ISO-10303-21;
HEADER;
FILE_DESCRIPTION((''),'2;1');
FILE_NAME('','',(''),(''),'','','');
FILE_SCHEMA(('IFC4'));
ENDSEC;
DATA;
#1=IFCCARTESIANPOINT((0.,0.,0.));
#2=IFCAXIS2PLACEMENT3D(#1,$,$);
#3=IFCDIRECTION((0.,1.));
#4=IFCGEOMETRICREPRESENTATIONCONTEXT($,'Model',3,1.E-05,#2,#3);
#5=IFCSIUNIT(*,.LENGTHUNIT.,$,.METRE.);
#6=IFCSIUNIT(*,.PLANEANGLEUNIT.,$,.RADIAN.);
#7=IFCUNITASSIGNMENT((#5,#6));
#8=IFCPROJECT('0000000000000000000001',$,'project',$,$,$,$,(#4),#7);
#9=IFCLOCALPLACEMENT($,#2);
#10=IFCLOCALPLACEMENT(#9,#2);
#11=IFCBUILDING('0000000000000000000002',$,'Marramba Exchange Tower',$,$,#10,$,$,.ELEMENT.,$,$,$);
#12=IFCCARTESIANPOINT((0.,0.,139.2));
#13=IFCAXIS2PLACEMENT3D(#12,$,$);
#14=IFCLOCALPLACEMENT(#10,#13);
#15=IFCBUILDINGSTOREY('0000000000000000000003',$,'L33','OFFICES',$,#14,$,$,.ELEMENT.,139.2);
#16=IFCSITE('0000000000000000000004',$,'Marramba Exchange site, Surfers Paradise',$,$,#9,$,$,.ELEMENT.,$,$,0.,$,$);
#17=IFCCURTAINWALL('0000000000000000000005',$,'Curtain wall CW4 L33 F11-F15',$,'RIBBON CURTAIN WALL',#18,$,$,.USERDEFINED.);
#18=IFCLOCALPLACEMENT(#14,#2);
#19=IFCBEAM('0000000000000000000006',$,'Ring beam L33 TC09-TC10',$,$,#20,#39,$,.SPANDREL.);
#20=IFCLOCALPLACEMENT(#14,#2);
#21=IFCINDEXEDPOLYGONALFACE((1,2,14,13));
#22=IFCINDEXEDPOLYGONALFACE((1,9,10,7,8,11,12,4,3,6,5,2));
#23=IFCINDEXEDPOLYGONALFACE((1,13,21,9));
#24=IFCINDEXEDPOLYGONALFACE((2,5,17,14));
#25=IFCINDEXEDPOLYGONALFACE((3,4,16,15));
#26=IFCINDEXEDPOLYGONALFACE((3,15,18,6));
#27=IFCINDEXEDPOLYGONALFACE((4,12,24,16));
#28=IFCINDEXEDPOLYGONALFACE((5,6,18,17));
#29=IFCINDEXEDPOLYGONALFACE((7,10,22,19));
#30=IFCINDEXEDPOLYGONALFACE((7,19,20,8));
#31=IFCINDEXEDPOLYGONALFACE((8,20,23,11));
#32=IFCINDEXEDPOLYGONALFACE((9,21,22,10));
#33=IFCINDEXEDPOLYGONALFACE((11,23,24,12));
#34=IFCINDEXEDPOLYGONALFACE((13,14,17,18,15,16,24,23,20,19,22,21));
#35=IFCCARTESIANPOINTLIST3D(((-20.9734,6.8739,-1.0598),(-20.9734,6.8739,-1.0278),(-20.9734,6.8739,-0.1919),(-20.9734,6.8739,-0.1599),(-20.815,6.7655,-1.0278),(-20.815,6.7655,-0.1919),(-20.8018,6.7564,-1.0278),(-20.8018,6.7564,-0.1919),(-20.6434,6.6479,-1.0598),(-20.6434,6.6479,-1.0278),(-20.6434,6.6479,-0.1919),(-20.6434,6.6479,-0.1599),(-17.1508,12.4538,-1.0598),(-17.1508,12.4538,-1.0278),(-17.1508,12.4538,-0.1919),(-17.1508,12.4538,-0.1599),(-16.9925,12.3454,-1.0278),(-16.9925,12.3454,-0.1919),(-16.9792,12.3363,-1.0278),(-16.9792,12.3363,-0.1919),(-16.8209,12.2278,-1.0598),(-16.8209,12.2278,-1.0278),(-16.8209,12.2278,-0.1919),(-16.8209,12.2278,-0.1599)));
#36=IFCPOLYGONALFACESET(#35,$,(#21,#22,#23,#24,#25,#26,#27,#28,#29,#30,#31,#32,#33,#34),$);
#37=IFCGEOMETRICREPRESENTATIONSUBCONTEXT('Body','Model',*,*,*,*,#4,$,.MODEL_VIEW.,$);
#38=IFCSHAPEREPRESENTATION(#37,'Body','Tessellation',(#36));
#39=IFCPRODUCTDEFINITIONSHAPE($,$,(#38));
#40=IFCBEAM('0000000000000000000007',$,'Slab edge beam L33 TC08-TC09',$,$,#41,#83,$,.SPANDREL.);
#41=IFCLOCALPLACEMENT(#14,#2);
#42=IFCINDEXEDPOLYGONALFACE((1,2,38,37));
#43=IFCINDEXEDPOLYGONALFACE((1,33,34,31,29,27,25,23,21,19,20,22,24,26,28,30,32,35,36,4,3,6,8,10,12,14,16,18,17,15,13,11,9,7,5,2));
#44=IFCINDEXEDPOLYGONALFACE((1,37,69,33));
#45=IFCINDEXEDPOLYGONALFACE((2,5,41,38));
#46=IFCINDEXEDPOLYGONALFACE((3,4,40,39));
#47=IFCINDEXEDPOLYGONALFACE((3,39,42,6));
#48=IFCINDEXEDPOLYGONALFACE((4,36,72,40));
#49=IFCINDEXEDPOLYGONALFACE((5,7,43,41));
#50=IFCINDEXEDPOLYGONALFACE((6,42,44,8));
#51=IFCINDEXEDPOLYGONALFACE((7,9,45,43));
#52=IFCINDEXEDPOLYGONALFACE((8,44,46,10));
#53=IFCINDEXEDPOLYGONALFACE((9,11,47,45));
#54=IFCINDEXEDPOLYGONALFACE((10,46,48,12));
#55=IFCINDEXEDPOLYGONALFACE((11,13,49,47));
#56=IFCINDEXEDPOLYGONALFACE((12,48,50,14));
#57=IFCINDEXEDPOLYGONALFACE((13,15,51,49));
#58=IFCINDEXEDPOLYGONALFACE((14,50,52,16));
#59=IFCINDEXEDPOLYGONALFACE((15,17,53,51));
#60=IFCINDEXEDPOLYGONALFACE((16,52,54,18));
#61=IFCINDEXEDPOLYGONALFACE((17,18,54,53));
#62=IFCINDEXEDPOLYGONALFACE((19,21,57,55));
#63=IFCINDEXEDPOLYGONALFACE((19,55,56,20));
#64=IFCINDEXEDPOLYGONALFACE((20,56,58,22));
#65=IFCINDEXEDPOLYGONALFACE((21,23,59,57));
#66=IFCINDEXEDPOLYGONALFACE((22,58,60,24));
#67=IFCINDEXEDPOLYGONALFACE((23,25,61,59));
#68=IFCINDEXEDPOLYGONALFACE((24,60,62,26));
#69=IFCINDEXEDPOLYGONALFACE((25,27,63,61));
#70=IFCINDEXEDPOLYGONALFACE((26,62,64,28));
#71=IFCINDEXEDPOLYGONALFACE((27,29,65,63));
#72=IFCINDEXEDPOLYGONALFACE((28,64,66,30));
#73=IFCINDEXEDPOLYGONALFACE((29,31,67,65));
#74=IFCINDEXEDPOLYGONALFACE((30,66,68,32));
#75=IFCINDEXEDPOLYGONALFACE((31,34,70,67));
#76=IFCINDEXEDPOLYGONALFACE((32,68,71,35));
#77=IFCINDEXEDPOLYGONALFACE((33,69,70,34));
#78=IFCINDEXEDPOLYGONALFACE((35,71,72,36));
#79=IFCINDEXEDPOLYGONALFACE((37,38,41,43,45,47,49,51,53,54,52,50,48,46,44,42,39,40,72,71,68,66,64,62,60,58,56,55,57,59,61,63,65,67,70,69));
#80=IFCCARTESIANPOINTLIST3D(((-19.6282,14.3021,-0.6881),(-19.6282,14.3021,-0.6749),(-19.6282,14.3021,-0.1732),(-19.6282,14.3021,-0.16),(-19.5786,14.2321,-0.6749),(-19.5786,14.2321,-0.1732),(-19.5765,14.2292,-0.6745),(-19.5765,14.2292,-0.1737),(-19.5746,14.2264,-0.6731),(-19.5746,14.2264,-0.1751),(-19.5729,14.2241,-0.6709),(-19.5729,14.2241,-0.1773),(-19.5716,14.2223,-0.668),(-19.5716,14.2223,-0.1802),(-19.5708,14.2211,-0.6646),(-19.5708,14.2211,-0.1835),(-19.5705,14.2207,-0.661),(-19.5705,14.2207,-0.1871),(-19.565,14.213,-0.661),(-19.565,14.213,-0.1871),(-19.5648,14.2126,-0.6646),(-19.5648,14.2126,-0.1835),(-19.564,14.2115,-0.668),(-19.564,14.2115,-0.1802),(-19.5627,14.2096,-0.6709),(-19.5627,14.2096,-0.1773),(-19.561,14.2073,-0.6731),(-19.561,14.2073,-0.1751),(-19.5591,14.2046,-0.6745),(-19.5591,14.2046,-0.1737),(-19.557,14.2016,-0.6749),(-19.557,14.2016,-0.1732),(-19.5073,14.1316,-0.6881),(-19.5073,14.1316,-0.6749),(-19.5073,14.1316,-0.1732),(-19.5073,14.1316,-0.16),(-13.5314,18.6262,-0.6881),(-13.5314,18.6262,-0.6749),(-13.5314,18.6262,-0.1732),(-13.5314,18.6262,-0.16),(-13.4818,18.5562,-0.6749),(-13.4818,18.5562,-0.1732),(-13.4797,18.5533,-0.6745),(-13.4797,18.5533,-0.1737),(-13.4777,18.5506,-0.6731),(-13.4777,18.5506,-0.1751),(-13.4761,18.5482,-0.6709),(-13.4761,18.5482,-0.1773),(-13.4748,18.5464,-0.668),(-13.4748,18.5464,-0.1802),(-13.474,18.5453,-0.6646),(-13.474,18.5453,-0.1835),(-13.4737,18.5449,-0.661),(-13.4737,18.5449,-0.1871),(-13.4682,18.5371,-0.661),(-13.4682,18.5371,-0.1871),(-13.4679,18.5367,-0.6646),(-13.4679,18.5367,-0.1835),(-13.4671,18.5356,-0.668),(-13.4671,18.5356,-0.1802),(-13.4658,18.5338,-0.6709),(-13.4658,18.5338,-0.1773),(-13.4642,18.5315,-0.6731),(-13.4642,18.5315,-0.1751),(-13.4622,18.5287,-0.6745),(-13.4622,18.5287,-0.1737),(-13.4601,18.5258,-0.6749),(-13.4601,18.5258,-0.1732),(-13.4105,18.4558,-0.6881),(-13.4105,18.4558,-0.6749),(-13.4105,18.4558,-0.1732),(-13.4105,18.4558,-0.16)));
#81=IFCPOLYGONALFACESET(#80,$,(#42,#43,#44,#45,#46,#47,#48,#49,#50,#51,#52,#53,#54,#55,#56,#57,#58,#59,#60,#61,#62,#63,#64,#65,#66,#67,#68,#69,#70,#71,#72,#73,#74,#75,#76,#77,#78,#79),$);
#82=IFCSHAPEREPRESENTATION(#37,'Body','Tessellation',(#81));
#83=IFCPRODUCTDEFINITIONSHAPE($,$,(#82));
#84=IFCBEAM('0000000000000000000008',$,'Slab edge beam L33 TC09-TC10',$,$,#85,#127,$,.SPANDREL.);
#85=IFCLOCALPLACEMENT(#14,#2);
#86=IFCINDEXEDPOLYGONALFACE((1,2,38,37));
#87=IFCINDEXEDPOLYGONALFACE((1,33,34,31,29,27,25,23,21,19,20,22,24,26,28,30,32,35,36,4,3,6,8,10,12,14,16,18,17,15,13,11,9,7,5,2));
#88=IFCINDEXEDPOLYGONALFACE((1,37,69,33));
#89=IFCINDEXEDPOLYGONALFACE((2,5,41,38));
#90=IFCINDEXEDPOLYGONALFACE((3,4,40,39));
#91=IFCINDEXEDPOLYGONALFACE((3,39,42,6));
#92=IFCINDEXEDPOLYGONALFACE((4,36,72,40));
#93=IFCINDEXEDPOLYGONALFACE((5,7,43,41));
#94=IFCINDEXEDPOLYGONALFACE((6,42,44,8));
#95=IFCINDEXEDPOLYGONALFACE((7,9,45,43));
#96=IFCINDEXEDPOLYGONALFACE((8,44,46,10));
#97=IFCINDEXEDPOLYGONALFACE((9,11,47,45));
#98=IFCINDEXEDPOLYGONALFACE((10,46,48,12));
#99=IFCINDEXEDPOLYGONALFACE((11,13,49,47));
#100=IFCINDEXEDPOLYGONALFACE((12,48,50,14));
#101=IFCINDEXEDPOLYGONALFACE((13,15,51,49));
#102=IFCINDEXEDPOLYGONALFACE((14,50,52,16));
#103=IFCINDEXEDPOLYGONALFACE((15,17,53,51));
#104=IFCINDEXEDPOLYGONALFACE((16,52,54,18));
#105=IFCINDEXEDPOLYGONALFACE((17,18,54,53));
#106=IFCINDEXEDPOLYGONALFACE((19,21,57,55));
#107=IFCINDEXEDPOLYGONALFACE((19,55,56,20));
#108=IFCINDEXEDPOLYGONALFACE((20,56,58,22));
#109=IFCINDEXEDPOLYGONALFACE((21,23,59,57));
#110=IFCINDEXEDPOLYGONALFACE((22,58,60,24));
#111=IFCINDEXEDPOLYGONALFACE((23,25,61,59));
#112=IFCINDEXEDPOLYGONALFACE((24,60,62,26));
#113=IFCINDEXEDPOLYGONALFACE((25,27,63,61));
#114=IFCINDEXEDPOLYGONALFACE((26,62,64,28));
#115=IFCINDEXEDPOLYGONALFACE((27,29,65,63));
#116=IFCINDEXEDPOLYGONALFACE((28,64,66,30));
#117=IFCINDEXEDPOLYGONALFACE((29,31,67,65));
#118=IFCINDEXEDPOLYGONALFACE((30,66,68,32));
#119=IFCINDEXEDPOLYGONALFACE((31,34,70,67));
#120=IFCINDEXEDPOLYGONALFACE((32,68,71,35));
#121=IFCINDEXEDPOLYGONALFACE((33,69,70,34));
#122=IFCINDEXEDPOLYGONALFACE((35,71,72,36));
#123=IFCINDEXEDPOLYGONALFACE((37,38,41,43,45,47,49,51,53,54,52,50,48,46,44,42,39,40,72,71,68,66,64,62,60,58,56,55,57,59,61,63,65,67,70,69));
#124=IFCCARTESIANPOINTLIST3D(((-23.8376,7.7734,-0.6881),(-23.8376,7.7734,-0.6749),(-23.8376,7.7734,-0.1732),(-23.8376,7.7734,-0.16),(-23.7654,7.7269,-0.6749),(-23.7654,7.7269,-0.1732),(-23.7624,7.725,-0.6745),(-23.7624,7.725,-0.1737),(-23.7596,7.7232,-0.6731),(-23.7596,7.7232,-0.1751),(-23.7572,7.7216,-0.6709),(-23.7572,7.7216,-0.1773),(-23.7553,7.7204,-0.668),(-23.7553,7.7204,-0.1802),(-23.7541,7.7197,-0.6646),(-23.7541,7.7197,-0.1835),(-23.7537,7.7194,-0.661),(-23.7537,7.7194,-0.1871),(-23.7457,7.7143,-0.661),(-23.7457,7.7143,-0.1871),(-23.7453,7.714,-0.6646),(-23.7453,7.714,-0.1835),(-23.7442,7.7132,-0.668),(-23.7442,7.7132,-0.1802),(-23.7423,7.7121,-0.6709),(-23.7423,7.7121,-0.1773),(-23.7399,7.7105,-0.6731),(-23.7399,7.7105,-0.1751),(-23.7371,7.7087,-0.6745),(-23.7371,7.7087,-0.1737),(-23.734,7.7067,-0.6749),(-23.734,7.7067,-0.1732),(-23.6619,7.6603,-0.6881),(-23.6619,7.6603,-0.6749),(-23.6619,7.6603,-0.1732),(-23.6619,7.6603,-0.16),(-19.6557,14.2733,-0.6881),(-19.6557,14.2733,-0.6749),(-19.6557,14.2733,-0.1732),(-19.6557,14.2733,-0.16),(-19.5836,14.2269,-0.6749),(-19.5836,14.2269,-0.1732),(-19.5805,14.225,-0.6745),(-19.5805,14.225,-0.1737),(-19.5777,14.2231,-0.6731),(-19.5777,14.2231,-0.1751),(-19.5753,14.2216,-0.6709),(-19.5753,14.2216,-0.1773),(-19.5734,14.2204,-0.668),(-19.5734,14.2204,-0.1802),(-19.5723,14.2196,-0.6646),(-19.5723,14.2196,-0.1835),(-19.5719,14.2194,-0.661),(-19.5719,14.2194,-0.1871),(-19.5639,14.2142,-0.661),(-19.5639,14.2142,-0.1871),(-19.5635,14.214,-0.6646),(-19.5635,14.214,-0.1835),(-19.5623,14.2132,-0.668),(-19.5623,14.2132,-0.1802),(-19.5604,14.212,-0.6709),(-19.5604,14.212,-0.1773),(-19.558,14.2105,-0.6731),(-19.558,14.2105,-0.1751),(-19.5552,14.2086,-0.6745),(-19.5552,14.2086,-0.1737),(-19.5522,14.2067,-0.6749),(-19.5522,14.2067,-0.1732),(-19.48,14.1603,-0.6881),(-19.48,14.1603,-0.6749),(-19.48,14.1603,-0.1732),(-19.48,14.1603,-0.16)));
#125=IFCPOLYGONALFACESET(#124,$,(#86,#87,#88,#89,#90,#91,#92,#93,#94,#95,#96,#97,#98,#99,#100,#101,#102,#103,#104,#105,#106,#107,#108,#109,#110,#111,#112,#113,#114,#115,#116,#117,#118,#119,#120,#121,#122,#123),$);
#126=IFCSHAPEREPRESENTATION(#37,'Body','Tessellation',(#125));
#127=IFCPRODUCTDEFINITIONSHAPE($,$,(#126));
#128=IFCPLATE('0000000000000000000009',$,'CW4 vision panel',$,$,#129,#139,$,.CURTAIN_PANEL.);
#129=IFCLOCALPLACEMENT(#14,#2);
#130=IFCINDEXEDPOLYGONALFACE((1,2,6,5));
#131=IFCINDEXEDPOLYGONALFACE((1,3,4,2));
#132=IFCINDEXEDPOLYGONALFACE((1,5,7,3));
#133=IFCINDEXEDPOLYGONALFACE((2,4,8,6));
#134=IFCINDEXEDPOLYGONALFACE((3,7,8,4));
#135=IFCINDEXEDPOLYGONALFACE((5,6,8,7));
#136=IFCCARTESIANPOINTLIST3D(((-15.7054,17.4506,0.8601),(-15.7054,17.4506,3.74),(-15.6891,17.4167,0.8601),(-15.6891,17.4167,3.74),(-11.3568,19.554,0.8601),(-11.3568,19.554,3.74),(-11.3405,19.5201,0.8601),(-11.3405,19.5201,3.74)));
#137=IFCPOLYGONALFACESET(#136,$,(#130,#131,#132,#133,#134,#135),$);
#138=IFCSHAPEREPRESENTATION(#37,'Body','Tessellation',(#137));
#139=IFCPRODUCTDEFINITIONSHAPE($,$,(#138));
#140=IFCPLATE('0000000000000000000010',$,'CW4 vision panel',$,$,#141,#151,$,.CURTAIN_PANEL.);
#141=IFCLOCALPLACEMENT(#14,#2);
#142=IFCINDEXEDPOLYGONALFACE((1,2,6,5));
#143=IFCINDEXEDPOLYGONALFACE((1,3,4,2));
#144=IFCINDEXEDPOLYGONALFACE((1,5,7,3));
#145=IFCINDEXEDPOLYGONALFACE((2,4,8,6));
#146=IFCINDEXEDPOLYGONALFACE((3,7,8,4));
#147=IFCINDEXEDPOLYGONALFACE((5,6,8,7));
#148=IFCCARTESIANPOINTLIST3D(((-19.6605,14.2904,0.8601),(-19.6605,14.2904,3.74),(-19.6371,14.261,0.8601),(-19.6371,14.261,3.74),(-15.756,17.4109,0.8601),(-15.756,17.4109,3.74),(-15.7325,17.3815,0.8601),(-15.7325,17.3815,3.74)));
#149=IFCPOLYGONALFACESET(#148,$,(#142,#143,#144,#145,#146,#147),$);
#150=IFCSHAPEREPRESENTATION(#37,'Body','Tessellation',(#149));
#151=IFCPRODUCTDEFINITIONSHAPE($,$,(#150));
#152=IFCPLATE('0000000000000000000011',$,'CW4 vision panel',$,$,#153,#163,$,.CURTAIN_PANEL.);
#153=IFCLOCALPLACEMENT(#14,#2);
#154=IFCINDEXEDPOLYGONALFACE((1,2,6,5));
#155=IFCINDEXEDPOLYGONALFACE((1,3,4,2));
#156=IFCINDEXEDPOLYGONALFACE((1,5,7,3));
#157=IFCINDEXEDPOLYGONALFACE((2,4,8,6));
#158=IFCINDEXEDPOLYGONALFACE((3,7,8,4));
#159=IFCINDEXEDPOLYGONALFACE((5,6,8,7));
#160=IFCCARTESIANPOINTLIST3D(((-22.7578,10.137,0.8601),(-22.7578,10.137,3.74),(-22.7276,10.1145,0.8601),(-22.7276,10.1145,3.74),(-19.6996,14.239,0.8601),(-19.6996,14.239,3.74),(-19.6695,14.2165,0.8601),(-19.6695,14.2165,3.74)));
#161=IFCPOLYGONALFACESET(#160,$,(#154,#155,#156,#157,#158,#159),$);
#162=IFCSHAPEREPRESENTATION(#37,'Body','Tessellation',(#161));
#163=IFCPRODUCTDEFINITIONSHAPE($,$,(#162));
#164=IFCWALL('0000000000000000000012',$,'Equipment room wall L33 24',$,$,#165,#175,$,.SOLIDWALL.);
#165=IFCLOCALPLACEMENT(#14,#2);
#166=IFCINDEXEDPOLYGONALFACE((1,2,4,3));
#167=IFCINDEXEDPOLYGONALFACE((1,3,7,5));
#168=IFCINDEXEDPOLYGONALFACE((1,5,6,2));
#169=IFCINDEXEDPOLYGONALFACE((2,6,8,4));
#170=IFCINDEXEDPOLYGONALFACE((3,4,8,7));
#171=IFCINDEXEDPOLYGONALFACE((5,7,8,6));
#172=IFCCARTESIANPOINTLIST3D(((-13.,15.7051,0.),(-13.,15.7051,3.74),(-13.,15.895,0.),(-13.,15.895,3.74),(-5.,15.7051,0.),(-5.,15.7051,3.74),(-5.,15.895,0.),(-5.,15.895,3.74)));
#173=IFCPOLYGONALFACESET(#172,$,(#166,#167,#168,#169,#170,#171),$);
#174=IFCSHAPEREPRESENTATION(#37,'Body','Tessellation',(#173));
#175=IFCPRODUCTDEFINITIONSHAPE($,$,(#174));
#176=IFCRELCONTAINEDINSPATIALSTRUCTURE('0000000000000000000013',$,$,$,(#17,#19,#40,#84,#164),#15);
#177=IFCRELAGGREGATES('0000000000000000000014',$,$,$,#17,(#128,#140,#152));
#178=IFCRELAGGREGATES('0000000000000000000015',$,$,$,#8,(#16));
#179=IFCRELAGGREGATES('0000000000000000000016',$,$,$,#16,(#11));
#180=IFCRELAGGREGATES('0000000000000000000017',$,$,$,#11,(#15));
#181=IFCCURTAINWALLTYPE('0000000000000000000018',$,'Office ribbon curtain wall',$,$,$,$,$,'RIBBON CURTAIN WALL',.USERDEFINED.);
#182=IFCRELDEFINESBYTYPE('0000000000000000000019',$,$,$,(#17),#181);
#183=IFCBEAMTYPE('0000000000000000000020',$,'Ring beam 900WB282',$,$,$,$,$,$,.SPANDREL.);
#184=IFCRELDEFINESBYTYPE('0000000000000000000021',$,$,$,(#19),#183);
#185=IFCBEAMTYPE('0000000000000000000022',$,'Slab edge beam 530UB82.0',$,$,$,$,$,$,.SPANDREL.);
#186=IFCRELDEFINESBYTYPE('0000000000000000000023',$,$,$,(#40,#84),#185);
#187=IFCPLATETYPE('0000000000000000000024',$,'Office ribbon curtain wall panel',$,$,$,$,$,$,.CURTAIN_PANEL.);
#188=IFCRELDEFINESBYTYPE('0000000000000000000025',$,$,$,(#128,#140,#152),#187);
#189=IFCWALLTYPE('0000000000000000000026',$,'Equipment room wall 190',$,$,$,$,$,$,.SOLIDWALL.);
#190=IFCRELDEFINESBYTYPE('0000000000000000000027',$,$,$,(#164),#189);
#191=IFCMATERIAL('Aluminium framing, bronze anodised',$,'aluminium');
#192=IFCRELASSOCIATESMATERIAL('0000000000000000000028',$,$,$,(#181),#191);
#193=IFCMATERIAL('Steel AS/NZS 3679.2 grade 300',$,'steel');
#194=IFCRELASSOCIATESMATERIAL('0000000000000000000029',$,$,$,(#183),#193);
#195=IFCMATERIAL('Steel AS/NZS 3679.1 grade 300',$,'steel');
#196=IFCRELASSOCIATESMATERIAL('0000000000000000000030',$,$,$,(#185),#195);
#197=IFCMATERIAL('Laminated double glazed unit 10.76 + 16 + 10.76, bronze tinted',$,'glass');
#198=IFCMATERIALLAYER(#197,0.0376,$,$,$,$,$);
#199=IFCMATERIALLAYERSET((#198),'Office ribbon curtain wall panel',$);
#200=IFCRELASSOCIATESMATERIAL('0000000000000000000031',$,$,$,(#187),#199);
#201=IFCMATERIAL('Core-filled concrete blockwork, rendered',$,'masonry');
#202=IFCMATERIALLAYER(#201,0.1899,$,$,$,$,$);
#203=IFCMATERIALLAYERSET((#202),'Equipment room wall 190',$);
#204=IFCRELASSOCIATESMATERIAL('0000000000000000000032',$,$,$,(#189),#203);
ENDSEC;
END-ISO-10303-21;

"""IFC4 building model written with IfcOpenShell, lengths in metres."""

from ifc_helpers import new_model, si_unit, direction, frame, frame_2d, origin, origin_2d, place, context, subcontext, project, spatial, rectangle, i_section, extrude, material, layer, layer_set, material_profile, profile_set, type_object, element, aggregate, save


model = new_model("IFC4")

# Units and contexts
model_context = context("Model", 3, precision=1e-05, world=origin(), true_north=direction((0.0, 1.0)))
body_context = subcontext(model_context, "Body", "Model", "MODEL_VIEW")
ifc_project = project(units=[si_unit("LENGTHUNIT", "METRE"), si_unit("PLANEANGLEUNIT", "RADIAN")], contexts=[model_context])

# Site, building, storey
site_placement = place(None, origin())
site = spatial("IfcSite", under=ifc_project, at=site_placement, Name="Marramba Exchange site, Surfers Paradise", CompositionType="ELEMENT", RefElevation=0.0)
building_placement = place(site_placement, origin())
building = spatial("IfcBuilding", under=site, at=building_placement, Name="Marramba Exchange Tower", CompositionType="ELEMENT")
storey_placement = place(building_placement, frame((0.0, 0.0, 139.2)))
storey = spatial("IfcBuildingStorey", under=building, at=storey_placement, Name="L33", Description="OFFICES", CompositionType="ELEMENT", Elevation=139.2)

# Shared definitions
ifc_material_1 = material(Name="Steel AS/NZS 3679.2 grade 300", Category="steel")
ifc_material_2 = material(Name="Steel AS/NZS 3679.1 grade 300", Category="steel")

# Curtain wall
ifc_material_3 = material(Name="Aluminium framing, bronze anodised", Category="aluminium")
curtain_wall_type = type_object("IfcCurtainWallType", Name="Office ribbon curtain wall", ElementType="RIBBON CURTAIN WALL", PredefinedType="USERDEFINED", material=ifc_material_3)
curtain_wall_placement = place(storey_placement, origin())
curtain_wall = element("IfcCurtainWall", 1, at=curtain_wall_placement, inside=storey, type_object=curtain_wall_type, Name="Curtain wall CW4 L33 F11-F15", ObjectType="RIBBON CURTAIN WALL", PredefinedType="USERDEFINED")

# Beams
ifc_material_profile_1 = material_profile(ifc_material_1, i_section(OverallWidth=0.3999, OverallDepth=0.8999, WebThickness=0.0161, FlangeThickness=0.032, at=origin_2d()), Name="900WB282")
ifc_profile_set_1 = profile_set([ifc_material_profile_1], Name="Steel AS/NZS 3679.2 grade 300")
beam_type_1 = type_object("IfcBeamType", Name="Ring beam 900WB282", PredefinedType="SPANDREL", material=ifc_profile_set_1)
beam_1_placement = place(storey_placement, frame((-16.9858, 12.3408, -0.6099), z_axis=(-0.56516, -0.824981, 0.0), x_axis=(0.824981, -0.56516, 0.0)))
element("IfcBeam", 2, at=beam_1_placement, inside=storey, type_object=beam_type_1, Name="Ring beam L33 TC09-TC10", PredefinedType="SPANDREL", context=body_context, shape_type="SweptSolid", body=[
    extrude(i_section(OverallWidth=0.3999, OverallDepth=0.8999, WebThickness=0.0161, FlangeThickness=0.032, at=origin_2d()), origin(), (0.0, 0.0, 1.0), 6.7637),
])
ifc_material_profile_2 = material_profile(ifc_material_2, i_section(OverallWidth=0.209, OverallDepth=0.5281, WebThickness=0.0095, FlangeThickness=0.0132, FilletRadius=0.0139, at=origin_2d()), Name="530UB82.0")
ifc_profile_set_2 = profile_set([ifc_material_profile_2], Name="Steel AS/NZS 3679.1 grade 300")
beam_type_2 = type_object("IfcBeamType", Name="Slab edge beam 530UB82.0", PredefinedType="SPANDREL", material=ifc_profile_set_2)
beam_2_placement = place(storey_placement, frame((-13.4709, 18.541, -0.4241), z_axis=(-0.815673, -0.578513, 0.0), x_axis=(0.578513, -0.815673, 0.0)))
element("IfcBeam", 3, at=beam_2_placement, inside=storey, type_object=beam_type_2, Name="Slab edge beam L33 TC08-TC09", PredefinedType="SPANDREL", context=body_context, shape_type="SweptSolid", body=[
    extrude(i_section(OverallWidth=0.209, OverallDepth=0.5281, WebThickness=0.0095, FlangeThickness=0.0132, FilletRadius=0.0139, at=origin_2d()), origin(), (0.0, 0.0, 1.0), 7.4746),
])
beam_3_placement = place(storey_placement, frame((-19.5679, 14.2168, -0.4241), z_axis=(-0.541061, -0.840983, 0.0), x_axis=(0.840983, -0.541061, 0.0)))
element("IfcBeam", 4, at=beam_3_placement, inside=storey, type_object=beam_type_2, Name="Slab edge beam L33 TC09-TC10", PredefinedType="SPANDREL", context=body_context, shape_type="SweptSolid", body=[
    extrude(i_section(OverallWidth=0.209, OverallDepth=0.5281, WebThickness=0.0095, FlangeThickness=0.0132, FilletRadius=0.0139, at=origin_2d()), origin(), (0.0, 0.0, 1.0), 7.729),
])

# Plates
ifc_material_4 = material(Name="Laminated double glazed unit 10.76 + 16 + 10.76, bronze tinted", Category="glass")
ifc_layer_1 = layer(ifc_material_4, 0.0376)
ifc_layer_set_1 = layer_set([ifc_layer_1], Name="Office ribbon curtain wall panel")
plate_type = type_object("IfcPlateType", Name="Office ribbon curtain wall panel", PredefinedType="CURTAIN_PANEL", material=ifc_layer_set_1)
plate_1_placement = place(storey_placement, frame((-13.5229, 18.4854, 0.8601), z_axis=(0.0, 0.0, 1.0), x_axis=(-0.900224, -0.435428, 0.0)))
plate_1 = element("IfcPlate", 5, at=plate_1_placement, type_object=plate_type, Name="CW4 vision panel", PredefinedType="CURTAIN_PANEL", context=body_context, shape_type="SweptSolid", body=[
    extrude(rectangle(XDim=4.8306, YDim=0.0376, at=origin_2d()), origin(), (0.0, 0.0, 1.0), 2.8799),
])
plate_2_placement = place(storey_placement, frame((-17.6965, 15.8359, 0.8601), z_axis=(0.0, 0.0, 1.0), x_axis=(-0.781178, -0.624308, 0.0)))
plate_2 = element("IfcPlate", 6, at=plate_2_placement, type_object=plate_type, Name="CW4 vision panel", PredefinedType="CURTAIN_PANEL", context=body_context, shape_type="SweptSolid", body=[
    extrude(rectangle(XDim=4.9983, YDim=0.0376, at=origin_2d()), origin(), (0.0, 0.0, 1.0), 2.8799),
])
plate_3_placement = place(storey_placement, frame((-21.2136, 12.1768, 0.8601), z_axis=(0.0, 0.0, 1.0), x_axis=(-0.597704, -0.801717, 0.0)))
plate_3 = element("IfcPlate", 7, at=plate_3_placement, type_object=plate_type, Name="CW4 vision panel", PredefinedType="CURTAIN_PANEL", context=body_context, shape_type="SweptSolid", body=[
    extrude(rectangle(XDim=5.1165, YDim=0.0376, at=origin_2d()), origin(), (0.0, 0.0, 1.0), 2.8799),
])
aggregate(curtain_wall, [plate_1, plate_2, plate_3])

# Wall
ifc_material_5 = material(Name="Core-filled concrete blockwork, rendered", Category="masonry")
ifc_layer_2 = layer(ifc_material_5, 0.1899)
ifc_layer_set_2 = layer_set([ifc_layer_2], Name="Equipment room wall 190")
wall_type = type_object("IfcWallType", Name="Equipment room wall 190", PredefinedType="SOLIDWALL", material=ifc_layer_set_2)
wall_1_placement = place(storey_placement, frame((-13.0, 15.8, 0.0), z_axis=(0.0, 0.0, 1.0), x_axis=(1.0, 0.0, 0.0)))
element("IfcWall", 8, at=wall_1_placement, inside=storey, type_object=wall_type, Name="Equipment room wall L33 24", PredefinedType="SOLIDWALL", context=body_context, shape_type="SweptSolid", body=[
    extrude(rectangle(XDim=8.0, YDim=0.1899, at=frame_2d((4.0, 0.0))), origin(), (0.0, 0.0, 1.0), 3.74),
])

save(model, "model.ifc")
